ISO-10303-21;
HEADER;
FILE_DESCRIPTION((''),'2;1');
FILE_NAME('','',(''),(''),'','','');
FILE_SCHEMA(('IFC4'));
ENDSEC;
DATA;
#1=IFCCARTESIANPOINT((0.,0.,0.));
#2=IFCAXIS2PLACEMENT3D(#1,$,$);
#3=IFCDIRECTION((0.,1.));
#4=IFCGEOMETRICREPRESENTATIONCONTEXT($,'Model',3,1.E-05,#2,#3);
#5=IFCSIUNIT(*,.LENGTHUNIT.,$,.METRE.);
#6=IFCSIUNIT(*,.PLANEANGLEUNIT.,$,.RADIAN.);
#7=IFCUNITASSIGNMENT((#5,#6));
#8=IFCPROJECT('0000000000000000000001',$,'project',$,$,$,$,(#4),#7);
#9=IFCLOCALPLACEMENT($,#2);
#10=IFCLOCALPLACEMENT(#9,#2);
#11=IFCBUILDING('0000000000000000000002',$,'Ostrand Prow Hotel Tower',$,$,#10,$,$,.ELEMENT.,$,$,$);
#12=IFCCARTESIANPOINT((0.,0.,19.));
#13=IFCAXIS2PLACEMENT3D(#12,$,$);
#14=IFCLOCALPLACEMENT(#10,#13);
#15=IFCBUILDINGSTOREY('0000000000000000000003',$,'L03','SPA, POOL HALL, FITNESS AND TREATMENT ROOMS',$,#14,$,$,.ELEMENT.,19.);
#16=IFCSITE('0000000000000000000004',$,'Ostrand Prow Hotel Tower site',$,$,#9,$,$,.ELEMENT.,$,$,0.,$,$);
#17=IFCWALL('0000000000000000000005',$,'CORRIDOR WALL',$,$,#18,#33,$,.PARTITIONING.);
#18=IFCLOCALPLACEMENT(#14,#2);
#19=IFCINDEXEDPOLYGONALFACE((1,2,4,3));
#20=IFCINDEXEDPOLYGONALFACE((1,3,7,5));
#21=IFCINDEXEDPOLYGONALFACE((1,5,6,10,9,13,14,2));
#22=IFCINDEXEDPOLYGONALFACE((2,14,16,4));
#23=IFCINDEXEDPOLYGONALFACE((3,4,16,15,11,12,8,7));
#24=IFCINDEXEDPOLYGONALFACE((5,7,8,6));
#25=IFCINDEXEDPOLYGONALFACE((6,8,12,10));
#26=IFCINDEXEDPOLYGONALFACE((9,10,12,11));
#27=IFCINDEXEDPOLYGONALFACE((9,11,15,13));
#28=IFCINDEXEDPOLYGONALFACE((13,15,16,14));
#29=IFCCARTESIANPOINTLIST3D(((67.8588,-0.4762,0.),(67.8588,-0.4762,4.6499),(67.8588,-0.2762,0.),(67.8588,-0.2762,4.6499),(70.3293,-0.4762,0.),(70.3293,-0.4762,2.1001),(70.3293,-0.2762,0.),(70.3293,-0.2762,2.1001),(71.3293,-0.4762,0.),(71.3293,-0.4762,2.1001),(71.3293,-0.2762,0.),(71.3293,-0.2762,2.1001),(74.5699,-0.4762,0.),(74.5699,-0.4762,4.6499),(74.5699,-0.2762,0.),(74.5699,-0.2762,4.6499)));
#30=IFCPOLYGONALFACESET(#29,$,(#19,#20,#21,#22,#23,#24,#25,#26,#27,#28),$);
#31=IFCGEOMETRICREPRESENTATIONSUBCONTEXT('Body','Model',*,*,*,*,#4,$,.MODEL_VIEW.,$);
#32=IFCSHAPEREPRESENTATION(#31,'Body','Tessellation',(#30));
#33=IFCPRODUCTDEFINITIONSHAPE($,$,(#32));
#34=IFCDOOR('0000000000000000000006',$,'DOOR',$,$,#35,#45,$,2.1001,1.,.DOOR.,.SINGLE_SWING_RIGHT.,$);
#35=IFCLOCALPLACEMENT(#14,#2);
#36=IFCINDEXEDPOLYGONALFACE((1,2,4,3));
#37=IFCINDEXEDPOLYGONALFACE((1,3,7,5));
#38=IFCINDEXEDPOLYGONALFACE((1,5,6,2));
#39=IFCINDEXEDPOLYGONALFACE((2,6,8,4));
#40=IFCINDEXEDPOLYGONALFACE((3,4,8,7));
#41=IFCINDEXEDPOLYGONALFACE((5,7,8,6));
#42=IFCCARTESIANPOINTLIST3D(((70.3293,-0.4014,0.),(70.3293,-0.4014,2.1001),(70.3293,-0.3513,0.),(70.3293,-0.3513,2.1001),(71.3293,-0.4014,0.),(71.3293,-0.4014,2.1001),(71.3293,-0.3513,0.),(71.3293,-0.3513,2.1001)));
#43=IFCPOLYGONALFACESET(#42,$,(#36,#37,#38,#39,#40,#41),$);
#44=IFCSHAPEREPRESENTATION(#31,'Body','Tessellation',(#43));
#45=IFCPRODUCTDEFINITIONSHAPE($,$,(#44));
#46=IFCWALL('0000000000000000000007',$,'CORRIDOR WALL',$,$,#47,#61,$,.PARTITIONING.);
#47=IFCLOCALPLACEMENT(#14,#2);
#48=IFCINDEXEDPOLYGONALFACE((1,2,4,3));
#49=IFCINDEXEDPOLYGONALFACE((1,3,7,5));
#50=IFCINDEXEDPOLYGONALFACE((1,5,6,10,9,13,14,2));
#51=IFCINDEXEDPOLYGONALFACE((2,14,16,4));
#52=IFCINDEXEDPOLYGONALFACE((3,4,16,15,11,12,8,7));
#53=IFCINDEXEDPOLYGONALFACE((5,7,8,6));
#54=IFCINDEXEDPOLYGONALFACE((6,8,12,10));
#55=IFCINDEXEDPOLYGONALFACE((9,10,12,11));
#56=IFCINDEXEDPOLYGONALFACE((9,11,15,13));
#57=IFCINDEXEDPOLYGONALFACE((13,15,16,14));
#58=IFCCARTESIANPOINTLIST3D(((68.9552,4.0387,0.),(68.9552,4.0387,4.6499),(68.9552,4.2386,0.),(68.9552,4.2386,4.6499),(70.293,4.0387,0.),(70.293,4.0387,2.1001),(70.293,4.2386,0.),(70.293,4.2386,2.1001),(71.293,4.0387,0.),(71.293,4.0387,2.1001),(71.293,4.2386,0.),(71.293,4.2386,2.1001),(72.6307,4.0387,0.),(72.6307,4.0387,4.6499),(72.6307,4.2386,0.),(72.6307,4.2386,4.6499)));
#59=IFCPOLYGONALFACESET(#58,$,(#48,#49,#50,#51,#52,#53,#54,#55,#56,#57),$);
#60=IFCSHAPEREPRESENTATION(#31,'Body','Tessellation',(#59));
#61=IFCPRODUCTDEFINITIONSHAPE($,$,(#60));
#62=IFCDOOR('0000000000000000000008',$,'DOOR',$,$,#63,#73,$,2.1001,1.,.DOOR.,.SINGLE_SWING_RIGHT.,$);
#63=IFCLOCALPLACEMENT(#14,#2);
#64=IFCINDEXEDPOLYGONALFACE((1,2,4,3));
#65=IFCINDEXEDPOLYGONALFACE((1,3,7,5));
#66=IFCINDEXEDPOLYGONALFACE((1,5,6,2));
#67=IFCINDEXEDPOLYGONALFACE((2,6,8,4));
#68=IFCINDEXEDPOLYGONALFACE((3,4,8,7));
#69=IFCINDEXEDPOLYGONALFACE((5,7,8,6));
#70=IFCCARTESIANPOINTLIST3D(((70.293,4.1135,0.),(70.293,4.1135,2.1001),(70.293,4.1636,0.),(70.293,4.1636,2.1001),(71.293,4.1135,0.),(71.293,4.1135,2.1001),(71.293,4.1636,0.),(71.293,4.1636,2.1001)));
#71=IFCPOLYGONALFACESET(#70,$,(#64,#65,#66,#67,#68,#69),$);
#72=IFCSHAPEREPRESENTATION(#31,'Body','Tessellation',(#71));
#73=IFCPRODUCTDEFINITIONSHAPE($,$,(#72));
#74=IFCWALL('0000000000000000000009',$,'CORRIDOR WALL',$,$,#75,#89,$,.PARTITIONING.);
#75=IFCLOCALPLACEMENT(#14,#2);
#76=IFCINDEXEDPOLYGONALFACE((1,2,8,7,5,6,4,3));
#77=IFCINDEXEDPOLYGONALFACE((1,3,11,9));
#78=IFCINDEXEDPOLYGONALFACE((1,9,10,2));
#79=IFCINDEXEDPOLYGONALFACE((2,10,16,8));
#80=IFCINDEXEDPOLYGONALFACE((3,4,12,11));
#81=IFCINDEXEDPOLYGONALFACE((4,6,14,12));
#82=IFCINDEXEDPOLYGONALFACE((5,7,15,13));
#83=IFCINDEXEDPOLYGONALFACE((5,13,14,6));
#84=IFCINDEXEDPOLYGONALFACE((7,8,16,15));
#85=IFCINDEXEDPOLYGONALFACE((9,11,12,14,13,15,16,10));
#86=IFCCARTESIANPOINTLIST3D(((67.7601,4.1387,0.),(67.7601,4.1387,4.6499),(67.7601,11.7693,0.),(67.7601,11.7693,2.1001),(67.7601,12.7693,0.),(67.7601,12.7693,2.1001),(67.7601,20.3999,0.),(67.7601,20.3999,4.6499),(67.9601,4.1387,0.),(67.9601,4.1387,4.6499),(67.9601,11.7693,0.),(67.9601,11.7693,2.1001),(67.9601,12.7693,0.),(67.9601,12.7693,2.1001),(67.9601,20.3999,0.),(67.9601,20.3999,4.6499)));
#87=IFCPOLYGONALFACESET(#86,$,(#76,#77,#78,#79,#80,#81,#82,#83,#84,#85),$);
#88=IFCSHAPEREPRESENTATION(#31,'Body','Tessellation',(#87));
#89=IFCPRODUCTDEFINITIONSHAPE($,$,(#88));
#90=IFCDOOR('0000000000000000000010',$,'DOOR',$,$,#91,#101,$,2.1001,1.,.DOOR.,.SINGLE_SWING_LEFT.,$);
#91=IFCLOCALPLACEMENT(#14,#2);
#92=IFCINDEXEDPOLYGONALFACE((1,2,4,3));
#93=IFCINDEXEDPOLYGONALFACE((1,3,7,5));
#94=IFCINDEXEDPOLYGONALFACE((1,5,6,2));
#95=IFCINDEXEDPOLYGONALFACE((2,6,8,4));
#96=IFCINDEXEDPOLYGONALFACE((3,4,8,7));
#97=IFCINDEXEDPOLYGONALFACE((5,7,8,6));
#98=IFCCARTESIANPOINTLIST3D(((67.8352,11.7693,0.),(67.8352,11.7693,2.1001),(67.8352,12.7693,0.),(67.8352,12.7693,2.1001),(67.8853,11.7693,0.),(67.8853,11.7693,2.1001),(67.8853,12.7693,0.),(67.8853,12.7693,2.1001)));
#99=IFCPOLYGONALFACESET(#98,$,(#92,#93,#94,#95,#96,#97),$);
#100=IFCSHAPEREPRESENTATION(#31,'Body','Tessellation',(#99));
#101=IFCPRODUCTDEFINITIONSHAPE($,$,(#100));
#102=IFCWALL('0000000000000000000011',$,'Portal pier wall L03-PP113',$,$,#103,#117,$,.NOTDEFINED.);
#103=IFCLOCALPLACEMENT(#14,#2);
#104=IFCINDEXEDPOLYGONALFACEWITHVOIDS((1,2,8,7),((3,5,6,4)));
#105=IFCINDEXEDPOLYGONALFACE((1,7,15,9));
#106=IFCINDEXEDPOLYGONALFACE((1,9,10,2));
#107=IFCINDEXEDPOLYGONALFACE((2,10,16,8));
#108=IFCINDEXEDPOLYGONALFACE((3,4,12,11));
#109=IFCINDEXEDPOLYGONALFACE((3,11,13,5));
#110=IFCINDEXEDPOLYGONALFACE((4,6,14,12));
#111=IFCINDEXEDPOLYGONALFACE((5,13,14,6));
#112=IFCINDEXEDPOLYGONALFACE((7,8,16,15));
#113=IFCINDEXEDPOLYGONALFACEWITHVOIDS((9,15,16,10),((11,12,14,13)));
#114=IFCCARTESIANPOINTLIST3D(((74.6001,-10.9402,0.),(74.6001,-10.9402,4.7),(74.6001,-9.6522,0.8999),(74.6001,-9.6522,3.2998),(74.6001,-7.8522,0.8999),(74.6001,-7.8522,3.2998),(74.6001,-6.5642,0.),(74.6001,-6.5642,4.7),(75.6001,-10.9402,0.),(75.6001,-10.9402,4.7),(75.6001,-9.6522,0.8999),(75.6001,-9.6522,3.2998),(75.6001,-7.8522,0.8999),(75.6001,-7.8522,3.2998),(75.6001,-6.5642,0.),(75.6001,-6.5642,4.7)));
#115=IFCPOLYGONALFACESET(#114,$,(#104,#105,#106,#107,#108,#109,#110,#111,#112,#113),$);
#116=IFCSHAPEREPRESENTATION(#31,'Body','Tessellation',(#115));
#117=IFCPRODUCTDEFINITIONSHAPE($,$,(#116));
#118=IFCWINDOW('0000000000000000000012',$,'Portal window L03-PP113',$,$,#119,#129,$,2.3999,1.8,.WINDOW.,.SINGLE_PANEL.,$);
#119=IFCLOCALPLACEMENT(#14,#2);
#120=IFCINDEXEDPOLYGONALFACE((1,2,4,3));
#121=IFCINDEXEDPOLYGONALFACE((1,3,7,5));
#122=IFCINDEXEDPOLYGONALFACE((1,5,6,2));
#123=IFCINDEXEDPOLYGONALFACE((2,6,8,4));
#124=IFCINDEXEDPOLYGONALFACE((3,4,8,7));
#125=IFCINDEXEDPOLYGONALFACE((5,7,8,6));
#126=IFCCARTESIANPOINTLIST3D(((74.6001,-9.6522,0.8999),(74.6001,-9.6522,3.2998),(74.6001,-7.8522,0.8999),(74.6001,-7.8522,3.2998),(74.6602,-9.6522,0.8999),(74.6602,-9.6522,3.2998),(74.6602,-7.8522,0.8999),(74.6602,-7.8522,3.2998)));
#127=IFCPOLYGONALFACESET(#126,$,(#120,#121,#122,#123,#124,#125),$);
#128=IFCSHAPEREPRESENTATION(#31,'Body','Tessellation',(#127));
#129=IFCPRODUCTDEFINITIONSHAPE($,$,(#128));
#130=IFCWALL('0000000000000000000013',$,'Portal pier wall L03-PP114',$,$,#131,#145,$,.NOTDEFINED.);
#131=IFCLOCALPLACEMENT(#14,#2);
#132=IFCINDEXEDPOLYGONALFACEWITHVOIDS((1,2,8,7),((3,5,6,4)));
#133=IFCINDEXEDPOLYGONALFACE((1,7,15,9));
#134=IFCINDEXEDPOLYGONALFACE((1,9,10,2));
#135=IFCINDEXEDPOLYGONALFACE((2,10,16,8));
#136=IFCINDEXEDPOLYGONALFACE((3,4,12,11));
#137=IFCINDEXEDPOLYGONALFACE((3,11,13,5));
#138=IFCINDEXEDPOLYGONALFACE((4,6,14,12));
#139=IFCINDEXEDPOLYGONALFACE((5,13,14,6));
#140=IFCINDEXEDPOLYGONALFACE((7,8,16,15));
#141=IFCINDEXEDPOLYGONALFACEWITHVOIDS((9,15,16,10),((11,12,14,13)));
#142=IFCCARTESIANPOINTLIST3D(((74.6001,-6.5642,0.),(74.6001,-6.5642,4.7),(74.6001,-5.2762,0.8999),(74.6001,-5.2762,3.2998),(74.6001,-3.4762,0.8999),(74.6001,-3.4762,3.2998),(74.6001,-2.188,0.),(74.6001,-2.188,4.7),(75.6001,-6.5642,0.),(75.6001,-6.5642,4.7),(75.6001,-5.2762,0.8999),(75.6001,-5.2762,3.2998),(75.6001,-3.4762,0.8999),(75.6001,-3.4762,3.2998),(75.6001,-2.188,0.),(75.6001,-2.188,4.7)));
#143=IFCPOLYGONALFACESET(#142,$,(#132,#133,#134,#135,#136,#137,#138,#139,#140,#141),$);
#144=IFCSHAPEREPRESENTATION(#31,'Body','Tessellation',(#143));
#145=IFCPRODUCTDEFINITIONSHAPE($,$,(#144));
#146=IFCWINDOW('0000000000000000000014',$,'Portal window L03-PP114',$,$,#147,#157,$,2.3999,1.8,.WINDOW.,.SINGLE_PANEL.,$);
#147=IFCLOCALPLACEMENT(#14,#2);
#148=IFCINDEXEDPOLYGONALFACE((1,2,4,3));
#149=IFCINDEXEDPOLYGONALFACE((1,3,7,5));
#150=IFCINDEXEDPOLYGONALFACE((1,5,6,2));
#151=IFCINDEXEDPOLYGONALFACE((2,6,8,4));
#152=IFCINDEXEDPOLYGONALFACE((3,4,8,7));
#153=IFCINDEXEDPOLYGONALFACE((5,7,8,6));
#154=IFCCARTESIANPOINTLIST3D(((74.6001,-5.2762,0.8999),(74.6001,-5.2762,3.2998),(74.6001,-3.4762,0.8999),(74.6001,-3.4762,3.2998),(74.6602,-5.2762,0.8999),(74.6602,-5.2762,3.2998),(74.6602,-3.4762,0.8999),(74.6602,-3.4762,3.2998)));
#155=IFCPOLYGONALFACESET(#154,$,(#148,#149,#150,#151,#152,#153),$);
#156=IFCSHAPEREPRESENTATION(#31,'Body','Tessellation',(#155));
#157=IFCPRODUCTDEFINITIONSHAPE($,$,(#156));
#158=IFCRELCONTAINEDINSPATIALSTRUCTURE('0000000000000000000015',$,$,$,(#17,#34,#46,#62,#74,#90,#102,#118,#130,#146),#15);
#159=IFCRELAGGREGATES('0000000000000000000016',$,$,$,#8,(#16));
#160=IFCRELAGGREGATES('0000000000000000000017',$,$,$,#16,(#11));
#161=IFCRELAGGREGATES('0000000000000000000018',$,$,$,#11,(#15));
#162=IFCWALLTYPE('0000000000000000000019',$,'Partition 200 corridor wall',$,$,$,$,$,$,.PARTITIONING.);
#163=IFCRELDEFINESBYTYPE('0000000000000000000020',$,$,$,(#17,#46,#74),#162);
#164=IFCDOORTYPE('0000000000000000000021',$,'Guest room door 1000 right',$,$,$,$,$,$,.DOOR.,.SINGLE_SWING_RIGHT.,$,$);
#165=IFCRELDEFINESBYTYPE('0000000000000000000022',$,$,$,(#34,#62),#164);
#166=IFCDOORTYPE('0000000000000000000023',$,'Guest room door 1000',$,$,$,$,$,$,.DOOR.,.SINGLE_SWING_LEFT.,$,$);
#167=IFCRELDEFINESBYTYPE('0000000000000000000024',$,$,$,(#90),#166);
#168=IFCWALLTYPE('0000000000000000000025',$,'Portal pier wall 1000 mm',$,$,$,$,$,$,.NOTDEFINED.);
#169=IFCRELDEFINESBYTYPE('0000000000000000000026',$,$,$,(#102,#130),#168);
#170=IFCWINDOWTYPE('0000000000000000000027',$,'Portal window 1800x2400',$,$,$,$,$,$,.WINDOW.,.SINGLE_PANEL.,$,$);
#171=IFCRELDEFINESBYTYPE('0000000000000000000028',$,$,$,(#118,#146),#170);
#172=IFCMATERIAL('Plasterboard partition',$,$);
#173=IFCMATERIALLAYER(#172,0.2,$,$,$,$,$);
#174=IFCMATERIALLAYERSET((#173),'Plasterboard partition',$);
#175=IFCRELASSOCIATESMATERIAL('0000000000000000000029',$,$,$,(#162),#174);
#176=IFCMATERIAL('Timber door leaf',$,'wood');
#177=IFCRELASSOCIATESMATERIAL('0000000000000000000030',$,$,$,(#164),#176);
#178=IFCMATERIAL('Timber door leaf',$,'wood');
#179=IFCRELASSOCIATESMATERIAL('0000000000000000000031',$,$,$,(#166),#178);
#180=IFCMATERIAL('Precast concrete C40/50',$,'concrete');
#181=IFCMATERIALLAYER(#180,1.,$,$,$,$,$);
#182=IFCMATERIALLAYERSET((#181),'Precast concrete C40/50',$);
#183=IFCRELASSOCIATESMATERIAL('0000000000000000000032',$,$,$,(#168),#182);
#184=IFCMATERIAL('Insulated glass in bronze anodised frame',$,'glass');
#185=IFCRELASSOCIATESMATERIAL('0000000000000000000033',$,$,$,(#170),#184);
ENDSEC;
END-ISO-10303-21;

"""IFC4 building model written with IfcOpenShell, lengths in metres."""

from ifc_helpers import new_model, si_unit, direction, frame, frame_2d, origin, place, context, subcontext, project, spatial, polyline, rectangle, outline, extrude, material, layer, layer_set, type_object, element, fill, save


model = new_model("IFC4")

# Units and contexts
model_context = context("Model", 3, precision=1e-05, world=origin(), true_north=direction((0.0, 1.0)))
body_context = subcontext(model_context, "Body", "Model", "MODEL_VIEW")
ifc_project = project(units=[si_unit("LENGTHUNIT", "METRE"), si_unit("PLANEANGLEUNIT", "RADIAN")], contexts=[model_context])

# Site, building, storey
site_placement = place(None, origin())
site = spatial("IfcSite", under=ifc_project, at=site_placement, Name="Ostrand Prow Hotel Tower site", CompositionType="ELEMENT", RefElevation=0.0)
building_placement = place(site_placement, origin())
building = spatial("IfcBuilding", under=site, at=building_placement, Name="Ostrand Prow Hotel Tower", CompositionType="ELEMENT")
storey_placement = place(building_placement, frame((0.0, 0.0, 19.0)))
storey = spatial("IfcBuildingStorey", under=building, at=storey_placement, Name="L03", Description="SPA, POOL HALL, FITNESS AND TREATMENT ROOMS", CompositionType="ELEMENT", Elevation=19.0)

# Walls, openings, doors
ifc_material_1 = material(Name="Plasterboard partition")
ifc_layer_1 = layer(ifc_material_1, 0.2)
ifc_layer_set_1 = layer_set([ifc_layer_1], Name="Plasterboard partition")
wall_type_1 = type_object("IfcWallType", Name="Partition 200 corridor wall", PredefinedType="PARTITIONING", material=ifc_layer_set_1)
wall_1_placement = place(storey_placement, frame((67.8589, -0.3762, 0.0), z_axis=(0.0, 0.0, 1.0), x_axis=(1.0, 0.0, 0.0)))
wall_1 = element("IfcWall", 1, at=wall_1_placement, inside=storey, type_object=wall_type_1, Name="CORRIDOR WALL", PredefinedType="PARTITIONING", context=body_context, shape_type="SweptSolid", body=[
    extrude(rectangle(XDim=6.7112, YDim=0.2, at=frame_2d((3.3555, 0.0))), origin(), (0.0, 0.0, 1.0), 4.6499),
])
opening_1_placement = place(wall_1_placement, frame((2.4705, 0.0, 0.0)))
opening_1 = element("IfcOpeningElement", 2, at=opening_1_placement, cuts=wall_1, PredefinedType="OPENING", context=body_context, shape_type="SweptSolid", body=[
    extrude(rectangle(XDim=1.0, YDim=2.1001, at=frame_2d((0.5, 1.05))), frame((0.0, 0.1099, 0.0), z_axis=(0.0, -1.0, 0.0), x_axis=(1.0, 0.0, 0.0)), (0.0, 0.0, 1.0), 0.22),
])
ifc_material_2 = material(Name="Timber door leaf", Category="wood")
door_type_1 = type_object("IfcDoorType", Name="Guest room door 1000 right", OperationType="SINGLE_SWING_RIGHT", PredefinedType="DOOR", material=ifc_material_2)
door_1_placement = place(opening_1_placement, origin())
door_1 = element("IfcDoor", 3, at=door_1_placement, inside=storey, type_object=door_type_1, Name="DOOR", OperationType="SINGLE_SWING_RIGHT", OverallHeight=2.1001, OverallWidth=1.0, PredefinedType="DOOR", context=body_context, shape_type="SweptSolid", body=[
    extrude(rectangle(XDim=1.0, YDim=2.1001, at=frame_2d((0.5, 1.05))), frame((0.0, 0.0249, 0.0), z_axis=(0.0, -1.0, 0.0), x_axis=(1.0, 0.0, 0.0)), (0.0, 0.0, 1.0), 0.05),
])
fill(opening_1, door_1)
wall_2_placement = place(storey_placement, frame((68.9551, 4.1387, 0.0), z_axis=(0.0, 0.0, 1.0), x_axis=(1.0, 0.0, 0.0)))
wall_2 = element("IfcWall", 4, at=wall_2_placement, inside=storey, type_object=wall_type_1, Name="CORRIDOR WALL", PredefinedType="PARTITIONING", context=body_context, shape_type="SweptSolid", body=[
    extrude(rectangle(XDim=3.6755, YDim=0.2, at=frame_2d((1.8379, 0.0))), origin(), (0.0, 0.0, 1.0), 4.6499),
])
opening_2_placement = place(wall_2_placement, frame((1.3379, 0.0, 0.0)))
opening_2 = element("IfcOpeningElement", 5, at=opening_2_placement, cuts=wall_2, PredefinedType="OPENING", context=body_context, shape_type="SweptSolid", body=[
    extrude(rectangle(XDim=1.0, YDim=2.1001, at=frame_2d((0.5, 1.05))), frame((0.0, 0.1099, 0.0), z_axis=(0.0, -1.0, 0.0), x_axis=(1.0, 0.0, 0.0)), (0.0, 0.0, 1.0), 0.22),
])
door_2_placement = place(opening_2_placement, origin())
door_2 = element("IfcDoor", 6, at=door_2_placement, inside=storey, type_object=door_type_1, Name="DOOR", OperationType="SINGLE_SWING_RIGHT", OverallHeight=2.1001, OverallWidth=1.0, PredefinedType="DOOR", context=body_context, shape_type="SweptSolid", body=[
    extrude(rectangle(XDim=1.0, YDim=2.1001, at=frame_2d((0.5, 1.05))), frame((0.0, 0.0249, 0.0), z_axis=(0.0, -1.0, 0.0), x_axis=(1.0, 0.0, 0.0)), (0.0, 0.0, 1.0), 0.05),
])
fill(opening_2, door_2)
wall_3_placement = place(storey_placement, frame((67.8601, 4.1387, 0.0), z_axis=(0.0, 0.0, 1.0), x_axis=(0.0, 1.0, 0.0)))
wall_3 = element("IfcWall", 7, at=wall_3_placement, inside=storey, type_object=wall_type_1, Name="CORRIDOR WALL", PredefinedType="PARTITIONING", context=body_context, shape_type="SweptSolid", body=[
    extrude(rectangle(XDim=16.2612, YDim=0.2, at=frame_2d((8.1306, 0.0))), origin(), (0.0, 0.0, 1.0), 4.6499),
])
opening_3_placement = place(wall_3_placement, frame((7.6306, 0.0, 0.0)))
opening_3 = element("IfcOpeningElement", 8, at=opening_3_placement, cuts=wall_3, PredefinedType="OPENING", context=body_context, shape_type="SweptSolid", body=[
    extrude(rectangle(XDim=1.0, YDim=2.1001, at=frame_2d((0.5, 1.05))), frame((0.0, 0.1099, 0.0), z_axis=(0.0, -1.0, 0.0), x_axis=(1.0, 0.0, 0.0)), (0.0, 0.0, 1.0), 0.22),
])
ifc_material_3 = material(Name="Timber door leaf", Category="wood")
door_type_2 = type_object("IfcDoorType", Name="Guest room door 1000", OperationType="SINGLE_SWING_LEFT", PredefinedType="DOOR", material=ifc_material_3)
door_3_placement = place(opening_3_placement, origin())
door_3 = element("IfcDoor", 9, at=door_3_placement, inside=storey, type_object=door_type_2, Name="DOOR", OperationType="SINGLE_SWING_LEFT", OverallHeight=2.1001, OverallWidth=1.0, PredefinedType="DOOR", context=body_context, shape_type="SweptSolid", body=[
    extrude(rectangle(XDim=1.0, YDim=2.1001, at=frame_2d((0.5, 1.05))), frame((0.0, 0.0249, 0.0), z_axis=(0.0, -1.0, 0.0), x_axis=(1.0, 0.0, 0.0)), (0.0, 0.0, 1.0), 0.05),
])
fill(opening_3, door_3)

# Walls, openings, windows
ifc_material_4 = material(Name="Precast concrete C40/50", Category="concrete")
ifc_layer_2 = layer(ifc_material_4, 1.0)
ifc_layer_set_2 = layer_set([ifc_layer_2], Name="Precast concrete C40/50")
wall_type_2 = type_object("IfcWallType", Name="Portal pier wall 1000 mm", PredefinedType="NOTDEFINED", material=ifc_layer_set_2)
wall_4_placement = place(storey_placement, frame((75.1001, -10.9402, 0.0), z_axis=(0.0, 0.0, 1.0), x_axis=(0.0, 1.0, 0.0)))
wall_4 = element("IfcWall", 10, at=wall_4_placement, inside=storey, type_object=wall_type_2, Name="Portal pier wall L03-PP113", PredefinedType="NOTDEFINED", context=body_context, shape_type="SweptSolid", body=[
    extrude(outline(polyline([(0.0, -0.5), (4.376, -0.5), (4.376, 0.5), (0.0, 0.5), (0.0, -0.5)])), origin(), (0.0, 0.0, 1.0), 4.7),
])
opening_4_placement = place(wall_4_placement, frame((1.2881, 0.0, 0.8999)))
opening_4 = element("IfcOpeningElement", 11, at=opening_4_placement, cuts=wall_4, PredefinedType="OPENING", context=body_context, shape_type="SweptSolid", body=[
    extrude(rectangle(XDim=1.8, YDim=2.3999, at=frame_2d((0.8999, 1.2))), frame((0.0, 0.51, 0.0), z_axis=(0.0, -1.0, 0.0), x_axis=(1.0, 0.0, 0.0)), (0.0, 0.0, 1.0), 1.02),
])
ifc_material_5 = material(Name="Insulated glass in bronze anodised frame", Category="glass")
window_type = type_object("IfcWindowType", Name="Portal window 1800x2400", PartitioningType="SINGLE_PANEL", PredefinedType="WINDOW", material=ifc_material_5)
window_1_placement = place(opening_4_placement, origin())
window_1 = element("IfcWindow", 12, at=window_1_placement, inside=storey, type_object=window_type, Name="Portal window L03-PP113", OverallHeight=2.3999, OverallWidth=1.8, PartitioningType="SINGLE_PANEL", PredefinedType="WINDOW", context=body_context, shape_type="SweptSolid", body=[
    extrude(rectangle(XDim=1.8, YDim=2.3999, at=frame_2d((0.8999, 1.2))), frame((0.0, 0.5, 0.0), z_axis=(0.0, -1.0, 0.0), x_axis=(1.0, 0.0, 0.0)), (0.0, 0.0, 1.0), 0.0601),
])
fill(opening_4, window_1)
wall_5_placement = place(storey_placement, frame((75.1001, -6.5642, 0.0), z_axis=(0.0, 0.0, 1.0), x_axis=(0.0, 1.0, 0.0)))
wall_5 = element("IfcWall", 13, at=wall_5_placement, inside=storey, type_object=wall_type_2, Name="Portal pier wall L03-PP114", PredefinedType="NOTDEFINED", context=body_context, shape_type="SweptSolid", body=[
    extrude(outline(polyline([(0.0, -0.5), (4.3762, -0.5), (4.3762, 0.5), (0.0, 0.5), (0.0, -0.5)])), origin(), (0.0, 0.0, 1.0), 4.7),
])
opening_5_placement = place(wall_5_placement, frame((1.2881, 0.0, 0.8999)))
opening_5 = element("IfcOpeningElement", 14, at=opening_5_placement, cuts=wall_5, PredefinedType="OPENING", context=body_context, shape_type="SweptSolid", body=[
    extrude(rectangle(XDim=1.8, YDim=2.3999, at=frame_2d((0.8999, 1.2))), frame((0.0, 0.51, 0.0), z_axis=(0.0, -1.0, 0.0), x_axis=(1.0, 0.0, 0.0)), (0.0, 0.0, 1.0), 1.02),
])
window_2_placement = place(opening_5_placement, origin())
window_2 = element("IfcWindow", 15, at=window_2_placement, inside=storey, type_object=window_type, Name="Portal window L03-PP114", OverallHeight=2.3999, OverallWidth=1.8, PartitioningType="SINGLE_PANEL", PredefinedType="WINDOW", context=body_context, shape_type="SweptSolid", body=[
    extrude(rectangle(XDim=1.8, YDim=2.3999, at=frame_2d((0.8999, 1.2))), frame((0.0, 0.5, 0.0), z_axis=(0.0, -1.0, 0.0), x_axis=(1.0, 0.0, 0.0)), (0.0, 0.0, 1.0), 0.0601),
])
fill(opening_5, window_2)

save(model, "model.ifc")
